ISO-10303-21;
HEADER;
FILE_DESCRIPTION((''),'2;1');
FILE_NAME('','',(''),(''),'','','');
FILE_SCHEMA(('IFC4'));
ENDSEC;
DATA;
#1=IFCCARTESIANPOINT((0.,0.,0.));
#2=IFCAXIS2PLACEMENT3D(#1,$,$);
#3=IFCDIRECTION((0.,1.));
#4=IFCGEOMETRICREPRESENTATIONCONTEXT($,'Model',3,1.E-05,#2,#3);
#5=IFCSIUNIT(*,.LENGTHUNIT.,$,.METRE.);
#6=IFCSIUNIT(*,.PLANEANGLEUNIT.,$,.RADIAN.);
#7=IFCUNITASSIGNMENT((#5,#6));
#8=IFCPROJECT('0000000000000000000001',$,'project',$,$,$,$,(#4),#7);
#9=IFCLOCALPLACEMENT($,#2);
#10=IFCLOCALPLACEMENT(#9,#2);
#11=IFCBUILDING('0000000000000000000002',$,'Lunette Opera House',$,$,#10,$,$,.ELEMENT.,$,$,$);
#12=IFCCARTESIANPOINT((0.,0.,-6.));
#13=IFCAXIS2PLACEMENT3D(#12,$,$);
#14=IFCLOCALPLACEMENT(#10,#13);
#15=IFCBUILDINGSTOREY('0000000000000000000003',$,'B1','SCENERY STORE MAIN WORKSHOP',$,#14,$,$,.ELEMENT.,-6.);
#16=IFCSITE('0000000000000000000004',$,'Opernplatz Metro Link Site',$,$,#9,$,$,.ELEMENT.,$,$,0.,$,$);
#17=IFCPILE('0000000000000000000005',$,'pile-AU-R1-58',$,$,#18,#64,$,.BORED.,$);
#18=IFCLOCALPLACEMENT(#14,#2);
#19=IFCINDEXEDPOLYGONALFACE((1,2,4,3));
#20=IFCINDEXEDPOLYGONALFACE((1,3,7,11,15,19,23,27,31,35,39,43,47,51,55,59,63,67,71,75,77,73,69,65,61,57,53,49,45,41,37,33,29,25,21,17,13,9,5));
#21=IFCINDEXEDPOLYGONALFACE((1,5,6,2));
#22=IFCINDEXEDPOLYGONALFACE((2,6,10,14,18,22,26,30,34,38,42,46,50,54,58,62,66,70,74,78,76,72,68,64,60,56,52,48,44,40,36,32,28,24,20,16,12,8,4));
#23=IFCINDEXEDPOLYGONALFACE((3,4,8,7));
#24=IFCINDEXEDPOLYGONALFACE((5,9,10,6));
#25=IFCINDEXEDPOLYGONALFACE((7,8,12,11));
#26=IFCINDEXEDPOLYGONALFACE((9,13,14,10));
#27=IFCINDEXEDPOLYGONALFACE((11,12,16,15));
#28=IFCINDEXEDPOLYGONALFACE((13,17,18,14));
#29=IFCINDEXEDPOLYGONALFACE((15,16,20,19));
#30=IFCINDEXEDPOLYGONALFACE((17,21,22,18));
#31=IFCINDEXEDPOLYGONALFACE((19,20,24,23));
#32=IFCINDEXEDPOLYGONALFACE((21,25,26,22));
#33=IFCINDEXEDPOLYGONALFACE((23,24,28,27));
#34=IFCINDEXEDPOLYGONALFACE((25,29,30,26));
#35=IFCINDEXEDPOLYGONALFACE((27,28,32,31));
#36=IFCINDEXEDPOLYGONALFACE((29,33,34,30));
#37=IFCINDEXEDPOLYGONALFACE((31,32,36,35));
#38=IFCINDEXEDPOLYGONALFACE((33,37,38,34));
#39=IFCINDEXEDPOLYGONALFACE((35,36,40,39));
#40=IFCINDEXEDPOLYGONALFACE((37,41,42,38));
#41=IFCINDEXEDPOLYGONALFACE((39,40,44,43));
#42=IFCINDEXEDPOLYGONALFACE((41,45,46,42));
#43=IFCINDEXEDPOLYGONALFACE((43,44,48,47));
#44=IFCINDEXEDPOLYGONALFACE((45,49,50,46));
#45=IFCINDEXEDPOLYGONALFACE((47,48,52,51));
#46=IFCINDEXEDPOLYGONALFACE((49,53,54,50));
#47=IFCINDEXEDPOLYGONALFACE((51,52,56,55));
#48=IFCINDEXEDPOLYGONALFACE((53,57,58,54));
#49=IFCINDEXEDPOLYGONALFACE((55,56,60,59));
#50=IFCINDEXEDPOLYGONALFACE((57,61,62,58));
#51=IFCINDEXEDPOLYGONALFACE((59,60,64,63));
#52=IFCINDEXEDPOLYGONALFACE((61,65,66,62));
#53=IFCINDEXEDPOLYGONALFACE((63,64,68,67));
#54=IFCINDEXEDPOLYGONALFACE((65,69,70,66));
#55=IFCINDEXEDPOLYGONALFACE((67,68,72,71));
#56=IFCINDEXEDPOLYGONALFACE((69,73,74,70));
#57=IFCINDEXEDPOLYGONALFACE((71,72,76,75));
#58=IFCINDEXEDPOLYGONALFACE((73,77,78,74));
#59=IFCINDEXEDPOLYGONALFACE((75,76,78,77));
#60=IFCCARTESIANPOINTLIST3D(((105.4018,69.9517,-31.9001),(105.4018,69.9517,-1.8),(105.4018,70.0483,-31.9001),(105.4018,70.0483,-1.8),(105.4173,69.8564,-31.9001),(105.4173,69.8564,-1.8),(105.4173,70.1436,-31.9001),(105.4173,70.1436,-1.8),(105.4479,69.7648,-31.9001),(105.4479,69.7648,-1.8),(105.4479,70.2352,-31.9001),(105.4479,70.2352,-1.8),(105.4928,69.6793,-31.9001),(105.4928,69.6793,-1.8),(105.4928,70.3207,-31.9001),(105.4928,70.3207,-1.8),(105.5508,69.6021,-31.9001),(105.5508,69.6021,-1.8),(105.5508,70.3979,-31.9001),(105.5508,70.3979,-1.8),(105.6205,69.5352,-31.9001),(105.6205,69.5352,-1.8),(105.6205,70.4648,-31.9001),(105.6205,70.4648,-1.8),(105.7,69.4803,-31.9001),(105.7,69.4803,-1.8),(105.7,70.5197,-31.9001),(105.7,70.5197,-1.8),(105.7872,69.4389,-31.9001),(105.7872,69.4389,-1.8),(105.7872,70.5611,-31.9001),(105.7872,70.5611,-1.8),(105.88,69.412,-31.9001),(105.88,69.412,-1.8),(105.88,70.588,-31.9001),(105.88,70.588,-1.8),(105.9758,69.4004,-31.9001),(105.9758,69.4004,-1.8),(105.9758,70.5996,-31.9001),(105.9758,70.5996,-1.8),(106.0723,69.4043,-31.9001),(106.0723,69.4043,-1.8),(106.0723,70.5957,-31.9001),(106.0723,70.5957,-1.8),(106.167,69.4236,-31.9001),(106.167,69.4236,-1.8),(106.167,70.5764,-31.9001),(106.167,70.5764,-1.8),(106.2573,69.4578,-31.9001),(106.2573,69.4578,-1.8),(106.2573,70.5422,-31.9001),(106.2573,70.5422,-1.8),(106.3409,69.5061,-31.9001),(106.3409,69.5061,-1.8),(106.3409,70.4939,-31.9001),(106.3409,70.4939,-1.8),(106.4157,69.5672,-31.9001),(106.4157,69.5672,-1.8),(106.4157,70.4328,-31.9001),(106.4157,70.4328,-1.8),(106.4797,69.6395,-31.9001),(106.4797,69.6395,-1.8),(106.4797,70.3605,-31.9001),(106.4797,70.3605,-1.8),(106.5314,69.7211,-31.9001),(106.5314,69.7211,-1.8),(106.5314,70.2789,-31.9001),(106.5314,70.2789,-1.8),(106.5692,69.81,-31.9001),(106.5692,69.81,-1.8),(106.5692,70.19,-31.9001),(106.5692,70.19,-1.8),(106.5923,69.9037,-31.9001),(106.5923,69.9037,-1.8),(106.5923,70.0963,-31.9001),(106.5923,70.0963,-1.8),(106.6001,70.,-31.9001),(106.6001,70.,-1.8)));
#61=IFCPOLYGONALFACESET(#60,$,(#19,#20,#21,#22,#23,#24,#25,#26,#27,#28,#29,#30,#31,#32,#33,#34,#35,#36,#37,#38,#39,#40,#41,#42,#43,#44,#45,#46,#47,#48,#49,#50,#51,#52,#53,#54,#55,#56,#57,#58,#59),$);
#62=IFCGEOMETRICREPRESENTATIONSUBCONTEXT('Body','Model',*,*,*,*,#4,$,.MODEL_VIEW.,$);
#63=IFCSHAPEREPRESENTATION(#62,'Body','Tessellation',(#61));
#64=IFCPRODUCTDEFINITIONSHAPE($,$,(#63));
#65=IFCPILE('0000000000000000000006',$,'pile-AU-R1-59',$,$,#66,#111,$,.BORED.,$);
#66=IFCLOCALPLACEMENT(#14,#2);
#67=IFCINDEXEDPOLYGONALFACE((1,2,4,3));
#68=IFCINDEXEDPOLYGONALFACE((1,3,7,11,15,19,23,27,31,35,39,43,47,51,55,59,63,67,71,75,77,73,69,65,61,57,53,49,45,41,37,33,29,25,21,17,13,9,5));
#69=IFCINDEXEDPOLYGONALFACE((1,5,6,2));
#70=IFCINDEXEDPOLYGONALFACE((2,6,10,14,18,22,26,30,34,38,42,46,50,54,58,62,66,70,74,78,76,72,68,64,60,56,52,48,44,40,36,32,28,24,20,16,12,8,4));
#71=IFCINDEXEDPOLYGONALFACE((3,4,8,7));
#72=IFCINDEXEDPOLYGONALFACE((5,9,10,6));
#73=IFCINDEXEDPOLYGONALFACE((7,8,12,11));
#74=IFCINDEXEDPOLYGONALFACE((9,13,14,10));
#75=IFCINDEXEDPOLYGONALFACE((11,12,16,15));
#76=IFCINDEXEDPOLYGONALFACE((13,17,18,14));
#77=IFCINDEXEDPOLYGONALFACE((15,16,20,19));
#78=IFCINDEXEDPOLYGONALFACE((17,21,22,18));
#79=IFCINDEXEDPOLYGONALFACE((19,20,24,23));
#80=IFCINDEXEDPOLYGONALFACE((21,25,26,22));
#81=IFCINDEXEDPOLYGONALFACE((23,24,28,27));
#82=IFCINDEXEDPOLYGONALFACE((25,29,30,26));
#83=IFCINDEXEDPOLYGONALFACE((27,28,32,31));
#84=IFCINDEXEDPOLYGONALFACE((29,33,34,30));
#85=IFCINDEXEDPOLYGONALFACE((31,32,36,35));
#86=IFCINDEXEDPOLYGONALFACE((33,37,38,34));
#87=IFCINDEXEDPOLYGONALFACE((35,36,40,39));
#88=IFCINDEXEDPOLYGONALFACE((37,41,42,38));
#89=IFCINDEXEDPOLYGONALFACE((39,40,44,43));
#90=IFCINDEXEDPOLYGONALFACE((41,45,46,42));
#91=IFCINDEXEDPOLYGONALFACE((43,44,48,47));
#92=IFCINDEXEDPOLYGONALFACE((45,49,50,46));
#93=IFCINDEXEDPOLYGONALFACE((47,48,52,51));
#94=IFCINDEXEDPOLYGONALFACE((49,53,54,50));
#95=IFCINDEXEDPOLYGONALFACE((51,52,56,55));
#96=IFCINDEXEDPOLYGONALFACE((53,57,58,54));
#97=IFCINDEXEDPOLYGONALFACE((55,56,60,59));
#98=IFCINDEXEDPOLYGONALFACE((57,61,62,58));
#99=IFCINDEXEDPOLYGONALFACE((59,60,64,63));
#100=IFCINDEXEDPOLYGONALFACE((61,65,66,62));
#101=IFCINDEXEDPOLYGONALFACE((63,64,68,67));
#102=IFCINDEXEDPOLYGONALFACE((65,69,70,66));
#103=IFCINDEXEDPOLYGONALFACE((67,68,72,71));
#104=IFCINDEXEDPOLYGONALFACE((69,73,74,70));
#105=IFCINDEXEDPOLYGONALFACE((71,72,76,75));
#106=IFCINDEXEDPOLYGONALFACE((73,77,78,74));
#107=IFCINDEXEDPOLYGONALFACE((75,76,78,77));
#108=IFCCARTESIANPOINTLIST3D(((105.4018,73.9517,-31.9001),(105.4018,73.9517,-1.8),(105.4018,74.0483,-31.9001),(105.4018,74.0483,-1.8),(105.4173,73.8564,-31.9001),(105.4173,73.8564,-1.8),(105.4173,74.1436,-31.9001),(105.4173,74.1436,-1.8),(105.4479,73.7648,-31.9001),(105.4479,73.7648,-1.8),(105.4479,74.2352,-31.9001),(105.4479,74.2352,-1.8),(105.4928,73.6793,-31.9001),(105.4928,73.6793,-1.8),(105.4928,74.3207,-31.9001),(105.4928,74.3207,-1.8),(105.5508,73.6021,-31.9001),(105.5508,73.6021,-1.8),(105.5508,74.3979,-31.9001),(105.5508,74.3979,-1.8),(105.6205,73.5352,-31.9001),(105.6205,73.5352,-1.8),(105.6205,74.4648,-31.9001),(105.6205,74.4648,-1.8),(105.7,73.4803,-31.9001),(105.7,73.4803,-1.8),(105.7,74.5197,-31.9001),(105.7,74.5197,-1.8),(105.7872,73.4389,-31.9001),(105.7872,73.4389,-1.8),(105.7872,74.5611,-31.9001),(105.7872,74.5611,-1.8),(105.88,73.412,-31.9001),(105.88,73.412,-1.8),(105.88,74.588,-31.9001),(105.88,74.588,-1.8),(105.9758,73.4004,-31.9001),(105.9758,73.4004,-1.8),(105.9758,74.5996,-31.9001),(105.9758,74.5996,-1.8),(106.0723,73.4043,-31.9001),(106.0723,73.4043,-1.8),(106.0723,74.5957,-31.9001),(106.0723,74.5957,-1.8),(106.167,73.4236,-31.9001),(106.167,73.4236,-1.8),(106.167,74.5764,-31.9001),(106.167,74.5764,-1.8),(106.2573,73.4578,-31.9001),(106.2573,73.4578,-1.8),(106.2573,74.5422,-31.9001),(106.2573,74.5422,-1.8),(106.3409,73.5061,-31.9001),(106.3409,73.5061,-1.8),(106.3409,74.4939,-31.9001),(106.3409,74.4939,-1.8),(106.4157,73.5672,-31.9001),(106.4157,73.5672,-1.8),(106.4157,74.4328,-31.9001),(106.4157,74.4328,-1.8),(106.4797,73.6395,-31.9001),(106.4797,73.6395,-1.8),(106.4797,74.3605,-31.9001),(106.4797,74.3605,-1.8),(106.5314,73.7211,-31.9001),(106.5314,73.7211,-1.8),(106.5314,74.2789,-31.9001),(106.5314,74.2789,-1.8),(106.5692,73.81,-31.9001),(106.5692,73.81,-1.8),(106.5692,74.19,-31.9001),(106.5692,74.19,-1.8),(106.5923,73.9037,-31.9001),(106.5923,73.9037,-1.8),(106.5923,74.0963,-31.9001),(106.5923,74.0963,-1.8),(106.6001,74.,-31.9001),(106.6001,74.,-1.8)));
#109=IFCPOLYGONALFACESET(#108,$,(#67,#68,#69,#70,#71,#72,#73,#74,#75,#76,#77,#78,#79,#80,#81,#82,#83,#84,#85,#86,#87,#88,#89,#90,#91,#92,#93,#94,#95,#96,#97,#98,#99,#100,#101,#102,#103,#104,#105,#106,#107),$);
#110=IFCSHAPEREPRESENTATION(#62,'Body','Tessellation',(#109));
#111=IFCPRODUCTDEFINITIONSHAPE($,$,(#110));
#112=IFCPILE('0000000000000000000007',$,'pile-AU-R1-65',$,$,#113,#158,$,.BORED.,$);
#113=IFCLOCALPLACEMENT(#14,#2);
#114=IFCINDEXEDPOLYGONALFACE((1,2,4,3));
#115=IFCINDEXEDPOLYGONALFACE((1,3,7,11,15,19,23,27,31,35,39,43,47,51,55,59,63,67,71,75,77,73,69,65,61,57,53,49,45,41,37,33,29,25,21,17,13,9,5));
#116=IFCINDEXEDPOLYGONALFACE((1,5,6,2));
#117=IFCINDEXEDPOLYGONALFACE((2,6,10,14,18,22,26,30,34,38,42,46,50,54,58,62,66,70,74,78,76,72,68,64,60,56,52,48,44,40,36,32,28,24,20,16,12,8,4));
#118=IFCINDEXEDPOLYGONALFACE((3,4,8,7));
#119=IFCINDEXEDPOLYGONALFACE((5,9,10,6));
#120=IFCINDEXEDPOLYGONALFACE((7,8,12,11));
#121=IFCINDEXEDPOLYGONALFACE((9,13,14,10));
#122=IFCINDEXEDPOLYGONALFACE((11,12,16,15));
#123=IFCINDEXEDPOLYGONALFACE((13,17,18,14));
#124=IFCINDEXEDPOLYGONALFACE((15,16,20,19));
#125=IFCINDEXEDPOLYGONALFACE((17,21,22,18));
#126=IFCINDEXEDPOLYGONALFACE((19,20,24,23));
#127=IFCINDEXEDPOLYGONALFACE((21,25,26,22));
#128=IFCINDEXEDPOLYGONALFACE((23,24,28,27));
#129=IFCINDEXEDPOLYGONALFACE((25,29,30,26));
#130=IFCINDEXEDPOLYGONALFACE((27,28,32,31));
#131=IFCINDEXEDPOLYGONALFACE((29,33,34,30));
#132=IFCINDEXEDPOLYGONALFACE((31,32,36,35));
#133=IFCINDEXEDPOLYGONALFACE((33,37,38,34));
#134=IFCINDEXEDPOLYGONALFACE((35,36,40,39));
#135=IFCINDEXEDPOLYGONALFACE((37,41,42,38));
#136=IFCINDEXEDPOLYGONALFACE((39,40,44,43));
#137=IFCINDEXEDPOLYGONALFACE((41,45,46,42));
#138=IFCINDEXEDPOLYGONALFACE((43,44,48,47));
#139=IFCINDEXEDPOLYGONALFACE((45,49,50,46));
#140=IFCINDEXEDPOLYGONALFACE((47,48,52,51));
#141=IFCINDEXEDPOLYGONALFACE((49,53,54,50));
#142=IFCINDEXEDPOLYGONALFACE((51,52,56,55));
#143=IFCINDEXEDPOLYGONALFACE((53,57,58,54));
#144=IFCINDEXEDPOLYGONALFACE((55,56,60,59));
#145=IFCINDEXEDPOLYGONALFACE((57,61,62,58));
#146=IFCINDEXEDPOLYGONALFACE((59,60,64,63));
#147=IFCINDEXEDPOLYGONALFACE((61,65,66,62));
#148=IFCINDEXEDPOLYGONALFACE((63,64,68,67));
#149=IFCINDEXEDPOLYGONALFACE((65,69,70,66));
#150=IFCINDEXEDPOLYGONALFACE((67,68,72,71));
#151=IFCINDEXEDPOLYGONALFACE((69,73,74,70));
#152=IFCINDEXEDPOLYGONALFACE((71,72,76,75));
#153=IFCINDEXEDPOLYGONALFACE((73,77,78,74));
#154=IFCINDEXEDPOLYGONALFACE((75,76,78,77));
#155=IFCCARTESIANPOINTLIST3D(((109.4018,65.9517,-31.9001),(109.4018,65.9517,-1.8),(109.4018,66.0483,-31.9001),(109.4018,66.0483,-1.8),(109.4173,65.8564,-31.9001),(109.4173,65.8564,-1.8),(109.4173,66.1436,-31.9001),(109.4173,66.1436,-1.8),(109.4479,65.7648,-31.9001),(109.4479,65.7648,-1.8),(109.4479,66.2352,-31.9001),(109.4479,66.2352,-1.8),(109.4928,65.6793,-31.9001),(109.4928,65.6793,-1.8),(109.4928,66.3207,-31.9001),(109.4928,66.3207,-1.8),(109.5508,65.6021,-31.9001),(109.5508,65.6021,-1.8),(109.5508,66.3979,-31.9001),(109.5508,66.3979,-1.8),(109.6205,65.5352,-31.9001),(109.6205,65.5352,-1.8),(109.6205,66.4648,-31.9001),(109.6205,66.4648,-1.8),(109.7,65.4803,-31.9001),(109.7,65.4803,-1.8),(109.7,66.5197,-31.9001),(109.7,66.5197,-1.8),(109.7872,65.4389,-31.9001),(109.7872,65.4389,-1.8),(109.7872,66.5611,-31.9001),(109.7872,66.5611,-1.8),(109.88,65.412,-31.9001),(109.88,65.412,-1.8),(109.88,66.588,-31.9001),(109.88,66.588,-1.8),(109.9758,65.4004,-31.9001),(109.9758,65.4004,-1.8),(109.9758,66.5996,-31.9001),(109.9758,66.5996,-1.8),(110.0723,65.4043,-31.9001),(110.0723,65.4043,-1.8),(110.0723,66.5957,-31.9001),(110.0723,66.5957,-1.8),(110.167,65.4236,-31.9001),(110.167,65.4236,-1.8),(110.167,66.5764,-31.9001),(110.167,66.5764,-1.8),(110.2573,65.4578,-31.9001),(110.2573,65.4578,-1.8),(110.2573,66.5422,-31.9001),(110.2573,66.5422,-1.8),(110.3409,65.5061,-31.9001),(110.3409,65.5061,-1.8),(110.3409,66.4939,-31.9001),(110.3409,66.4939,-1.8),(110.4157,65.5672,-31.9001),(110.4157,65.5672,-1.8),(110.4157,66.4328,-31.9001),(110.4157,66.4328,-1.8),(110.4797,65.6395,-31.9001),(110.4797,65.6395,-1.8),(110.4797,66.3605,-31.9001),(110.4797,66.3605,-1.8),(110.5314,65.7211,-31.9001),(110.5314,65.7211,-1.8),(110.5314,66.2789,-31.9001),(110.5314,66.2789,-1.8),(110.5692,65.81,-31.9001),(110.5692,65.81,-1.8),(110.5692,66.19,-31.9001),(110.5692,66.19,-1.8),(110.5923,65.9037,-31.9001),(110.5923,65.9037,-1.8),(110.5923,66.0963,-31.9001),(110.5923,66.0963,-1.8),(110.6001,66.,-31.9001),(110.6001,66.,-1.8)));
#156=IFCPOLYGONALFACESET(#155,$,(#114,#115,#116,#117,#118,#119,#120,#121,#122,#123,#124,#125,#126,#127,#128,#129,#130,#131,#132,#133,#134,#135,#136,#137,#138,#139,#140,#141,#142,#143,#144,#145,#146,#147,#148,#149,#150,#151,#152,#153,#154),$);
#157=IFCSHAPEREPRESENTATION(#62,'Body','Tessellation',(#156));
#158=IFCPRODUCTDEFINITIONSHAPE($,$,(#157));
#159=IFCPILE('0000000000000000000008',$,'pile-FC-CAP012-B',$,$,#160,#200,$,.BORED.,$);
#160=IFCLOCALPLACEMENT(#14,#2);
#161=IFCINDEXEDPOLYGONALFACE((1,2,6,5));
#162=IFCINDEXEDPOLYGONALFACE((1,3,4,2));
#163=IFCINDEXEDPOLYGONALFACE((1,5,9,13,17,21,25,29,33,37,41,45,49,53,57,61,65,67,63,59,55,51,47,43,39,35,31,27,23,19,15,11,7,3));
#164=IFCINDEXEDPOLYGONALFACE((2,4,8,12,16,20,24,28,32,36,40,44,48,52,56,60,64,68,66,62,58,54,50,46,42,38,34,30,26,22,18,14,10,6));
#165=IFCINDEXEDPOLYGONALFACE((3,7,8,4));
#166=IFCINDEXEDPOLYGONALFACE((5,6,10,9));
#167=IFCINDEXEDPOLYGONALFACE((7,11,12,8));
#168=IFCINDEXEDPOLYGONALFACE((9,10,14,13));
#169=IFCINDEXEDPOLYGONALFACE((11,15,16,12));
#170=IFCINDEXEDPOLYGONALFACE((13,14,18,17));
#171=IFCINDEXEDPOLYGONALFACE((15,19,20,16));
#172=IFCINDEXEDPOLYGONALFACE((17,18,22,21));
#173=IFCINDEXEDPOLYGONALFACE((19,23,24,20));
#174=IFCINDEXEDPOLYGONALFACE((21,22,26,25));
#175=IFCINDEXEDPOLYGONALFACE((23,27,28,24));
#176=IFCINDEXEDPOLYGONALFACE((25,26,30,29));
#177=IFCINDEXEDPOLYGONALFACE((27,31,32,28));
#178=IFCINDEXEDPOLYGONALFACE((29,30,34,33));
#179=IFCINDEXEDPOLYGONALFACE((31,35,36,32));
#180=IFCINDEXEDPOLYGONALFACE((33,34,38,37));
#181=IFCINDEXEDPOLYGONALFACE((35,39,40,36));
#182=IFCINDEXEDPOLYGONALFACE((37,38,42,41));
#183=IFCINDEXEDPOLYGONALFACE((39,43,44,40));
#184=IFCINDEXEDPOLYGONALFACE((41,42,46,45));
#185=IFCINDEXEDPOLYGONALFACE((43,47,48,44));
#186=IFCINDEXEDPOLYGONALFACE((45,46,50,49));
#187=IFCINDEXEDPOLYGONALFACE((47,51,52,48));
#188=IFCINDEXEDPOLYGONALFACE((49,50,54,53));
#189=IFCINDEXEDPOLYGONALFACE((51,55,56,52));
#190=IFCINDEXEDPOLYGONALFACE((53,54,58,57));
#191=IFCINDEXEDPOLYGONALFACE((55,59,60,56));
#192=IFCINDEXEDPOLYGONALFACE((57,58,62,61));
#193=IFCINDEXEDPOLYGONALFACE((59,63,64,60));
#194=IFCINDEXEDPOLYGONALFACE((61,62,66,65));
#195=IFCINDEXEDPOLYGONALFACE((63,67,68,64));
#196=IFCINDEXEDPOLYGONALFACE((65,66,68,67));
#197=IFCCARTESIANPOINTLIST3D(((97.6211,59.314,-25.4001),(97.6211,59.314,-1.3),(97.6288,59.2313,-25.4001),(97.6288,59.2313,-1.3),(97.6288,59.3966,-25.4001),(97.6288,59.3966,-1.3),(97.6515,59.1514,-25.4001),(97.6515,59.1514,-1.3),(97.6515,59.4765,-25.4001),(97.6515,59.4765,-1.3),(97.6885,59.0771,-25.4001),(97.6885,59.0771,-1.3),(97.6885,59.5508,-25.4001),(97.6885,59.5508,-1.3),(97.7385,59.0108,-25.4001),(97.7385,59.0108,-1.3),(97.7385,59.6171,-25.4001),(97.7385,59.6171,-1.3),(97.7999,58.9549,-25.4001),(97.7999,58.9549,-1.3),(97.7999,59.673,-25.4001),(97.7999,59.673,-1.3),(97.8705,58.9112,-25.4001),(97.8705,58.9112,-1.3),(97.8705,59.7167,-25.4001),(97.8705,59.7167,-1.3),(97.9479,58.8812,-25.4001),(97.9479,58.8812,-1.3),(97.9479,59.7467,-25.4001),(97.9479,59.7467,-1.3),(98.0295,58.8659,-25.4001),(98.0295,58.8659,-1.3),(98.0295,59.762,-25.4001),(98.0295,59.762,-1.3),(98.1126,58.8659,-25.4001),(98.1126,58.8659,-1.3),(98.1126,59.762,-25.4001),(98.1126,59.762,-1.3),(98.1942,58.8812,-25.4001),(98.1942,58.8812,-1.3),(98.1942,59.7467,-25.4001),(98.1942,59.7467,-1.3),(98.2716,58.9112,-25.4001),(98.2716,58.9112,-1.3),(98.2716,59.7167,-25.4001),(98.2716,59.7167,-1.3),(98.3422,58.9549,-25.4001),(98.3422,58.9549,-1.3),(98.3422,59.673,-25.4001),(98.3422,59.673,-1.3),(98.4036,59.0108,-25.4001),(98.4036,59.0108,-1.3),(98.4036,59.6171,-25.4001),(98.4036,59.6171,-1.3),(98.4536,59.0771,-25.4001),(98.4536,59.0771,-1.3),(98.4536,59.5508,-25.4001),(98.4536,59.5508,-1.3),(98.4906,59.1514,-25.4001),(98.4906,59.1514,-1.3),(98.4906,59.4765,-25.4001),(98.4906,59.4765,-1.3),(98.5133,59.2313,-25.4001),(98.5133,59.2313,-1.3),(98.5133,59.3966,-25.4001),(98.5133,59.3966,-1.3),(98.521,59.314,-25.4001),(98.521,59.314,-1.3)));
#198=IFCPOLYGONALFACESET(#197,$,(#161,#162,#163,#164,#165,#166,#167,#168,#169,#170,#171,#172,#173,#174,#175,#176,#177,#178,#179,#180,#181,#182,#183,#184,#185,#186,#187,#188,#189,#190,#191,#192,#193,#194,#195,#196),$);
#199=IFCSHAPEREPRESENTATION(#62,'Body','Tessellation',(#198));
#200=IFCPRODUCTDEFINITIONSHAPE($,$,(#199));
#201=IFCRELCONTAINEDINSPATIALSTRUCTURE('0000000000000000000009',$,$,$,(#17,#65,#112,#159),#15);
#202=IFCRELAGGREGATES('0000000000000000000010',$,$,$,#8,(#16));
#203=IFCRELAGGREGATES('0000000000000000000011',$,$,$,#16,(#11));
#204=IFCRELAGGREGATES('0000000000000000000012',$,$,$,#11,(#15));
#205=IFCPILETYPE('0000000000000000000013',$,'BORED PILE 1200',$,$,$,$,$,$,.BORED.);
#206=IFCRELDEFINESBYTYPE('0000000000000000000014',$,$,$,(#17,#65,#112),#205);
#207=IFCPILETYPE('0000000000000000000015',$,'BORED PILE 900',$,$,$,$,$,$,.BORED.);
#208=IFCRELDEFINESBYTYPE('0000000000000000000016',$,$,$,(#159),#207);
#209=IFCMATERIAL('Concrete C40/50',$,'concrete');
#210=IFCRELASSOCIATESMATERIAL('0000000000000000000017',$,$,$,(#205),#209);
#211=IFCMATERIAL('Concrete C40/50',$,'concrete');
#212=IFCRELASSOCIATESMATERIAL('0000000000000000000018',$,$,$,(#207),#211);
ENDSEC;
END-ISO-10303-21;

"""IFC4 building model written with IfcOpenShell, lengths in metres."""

from ifc_helpers import new_model, si_unit, direction, frame, origin, origin_2d, place, context, subcontext, project, spatial, circle, extrude, material, material_profile, profile_set, type_object, element, save


model = new_model("IFC4")

# Units and contexts
model_context = context("Model", 3, precision=1e-05, world=origin(), true_north=direction((0.0, 1.0)))
body_context = subcontext(model_context, "Body", "Model", "MODEL_VIEW")
ifc_project = project(units=[si_unit("LENGTHUNIT", "METRE"), si_unit("PLANEANGLEUNIT", "RADIAN")], contexts=[model_context])

# Site, building, storey
site_placement = place(None, origin())
site = spatial("IfcSite", under=ifc_project, at=site_placement, Name="Opernplatz Metro Link Site", CompositionType="ELEMENT", RefElevation=0.0)
building_placement = place(site_placement, origin())
building = spatial("IfcBuilding", under=site, at=building_placement, Name="Lunette Opera House", CompositionType="ELEMENT")
storey_placement = place(building_placement, frame((0.0, 0.0, -6.0)))
storey = spatial("IfcBuildingStorey", under=building, at=storey_placement, Name="B1", Description="SCENERY STORE MAIN WORKSHOP", CompositionType="ELEMENT", Elevation=-6.0)

# Piles
ifc_material_1 = material(Name="Concrete C40/50", Category="concrete")
ifc_material_profile_1 = material_profile(ifc_material_1, circle(Radius=0.6001, at=origin_2d()), Name="BORED PILE 1200")
ifc_profile_set_1 = profile_set([ifc_material_profile_1], Name="Concrete C40/50")
pile_type_1 = type_object("IfcPileType", Name="BORED PILE 1200", PredefinedType="BORED", material=ifc_profile_set_1)
for number, where, z_axis, x_axis, name in (
    (1, (106.0, 70.0, -1.8), (0.0, 0.0, -1.0), (1.0, 0.0, 0.0), "pile-AU-R1-58"),
    (2, (106.0, 74.0, -1.8), (0.0, 0.0, -1.0), (1.0, 0.0, 0.0), "pile-AU-R1-59"),
    (3, (110.0, 66.0, -1.8), (0.0, 0.0, -1.0), (1.0, 0.0, 0.0), "pile-AU-R1-65"),
):
    element("IfcPile", number, at=place(storey_placement, frame(where, z_axis=z_axis, x_axis=x_axis)), inside=storey, type_object=pile_type_1, Name=name, PredefinedType="BORED", context=body_context, shape_type="SweptSolid", body=[
        extrude(circle(Radius=0.6001, at=origin_2d()), origin(), (0.0, 0.0, 1.0), 30.1001),
    ])
ifc_material_2 = material(Name="Concrete C40/50", Category="concrete")
ifc_material_profile_2 = material_profile(ifc_material_2, circle(Radius=0.45, at=origin_2d()), Name="BORED PILE 900")
ifc_profile_set_2 = profile_set([ifc_material_profile_2], Name="Concrete C40/50")
pile_type_2 = type_object("IfcPileType", Name="BORED PILE 900", PredefinedType="BORED", material=ifc_profile_set_2)
for number, where, z_axis, x_axis, name in (
    (4, (98.071, 59.314, -1.3), (0.0, 0.0, -1.0), (1.0, 0.0, 0.0), "pile-FC-CAP012-B"),
):
    element("IfcPile", number, at=place(storey_placement, frame(where, z_axis=z_axis, x_axis=x_axis)), inside=storey, type_object=pile_type_2, Name=name, PredefinedType="BORED", context=body_context, shape_type="SweptSolid", body=[
        extrude(circle(Radius=0.45, at=origin_2d()), origin(), (0.0, 0.0, 1.0), 24.1001),
    ])

save(model, "model.ifc")
